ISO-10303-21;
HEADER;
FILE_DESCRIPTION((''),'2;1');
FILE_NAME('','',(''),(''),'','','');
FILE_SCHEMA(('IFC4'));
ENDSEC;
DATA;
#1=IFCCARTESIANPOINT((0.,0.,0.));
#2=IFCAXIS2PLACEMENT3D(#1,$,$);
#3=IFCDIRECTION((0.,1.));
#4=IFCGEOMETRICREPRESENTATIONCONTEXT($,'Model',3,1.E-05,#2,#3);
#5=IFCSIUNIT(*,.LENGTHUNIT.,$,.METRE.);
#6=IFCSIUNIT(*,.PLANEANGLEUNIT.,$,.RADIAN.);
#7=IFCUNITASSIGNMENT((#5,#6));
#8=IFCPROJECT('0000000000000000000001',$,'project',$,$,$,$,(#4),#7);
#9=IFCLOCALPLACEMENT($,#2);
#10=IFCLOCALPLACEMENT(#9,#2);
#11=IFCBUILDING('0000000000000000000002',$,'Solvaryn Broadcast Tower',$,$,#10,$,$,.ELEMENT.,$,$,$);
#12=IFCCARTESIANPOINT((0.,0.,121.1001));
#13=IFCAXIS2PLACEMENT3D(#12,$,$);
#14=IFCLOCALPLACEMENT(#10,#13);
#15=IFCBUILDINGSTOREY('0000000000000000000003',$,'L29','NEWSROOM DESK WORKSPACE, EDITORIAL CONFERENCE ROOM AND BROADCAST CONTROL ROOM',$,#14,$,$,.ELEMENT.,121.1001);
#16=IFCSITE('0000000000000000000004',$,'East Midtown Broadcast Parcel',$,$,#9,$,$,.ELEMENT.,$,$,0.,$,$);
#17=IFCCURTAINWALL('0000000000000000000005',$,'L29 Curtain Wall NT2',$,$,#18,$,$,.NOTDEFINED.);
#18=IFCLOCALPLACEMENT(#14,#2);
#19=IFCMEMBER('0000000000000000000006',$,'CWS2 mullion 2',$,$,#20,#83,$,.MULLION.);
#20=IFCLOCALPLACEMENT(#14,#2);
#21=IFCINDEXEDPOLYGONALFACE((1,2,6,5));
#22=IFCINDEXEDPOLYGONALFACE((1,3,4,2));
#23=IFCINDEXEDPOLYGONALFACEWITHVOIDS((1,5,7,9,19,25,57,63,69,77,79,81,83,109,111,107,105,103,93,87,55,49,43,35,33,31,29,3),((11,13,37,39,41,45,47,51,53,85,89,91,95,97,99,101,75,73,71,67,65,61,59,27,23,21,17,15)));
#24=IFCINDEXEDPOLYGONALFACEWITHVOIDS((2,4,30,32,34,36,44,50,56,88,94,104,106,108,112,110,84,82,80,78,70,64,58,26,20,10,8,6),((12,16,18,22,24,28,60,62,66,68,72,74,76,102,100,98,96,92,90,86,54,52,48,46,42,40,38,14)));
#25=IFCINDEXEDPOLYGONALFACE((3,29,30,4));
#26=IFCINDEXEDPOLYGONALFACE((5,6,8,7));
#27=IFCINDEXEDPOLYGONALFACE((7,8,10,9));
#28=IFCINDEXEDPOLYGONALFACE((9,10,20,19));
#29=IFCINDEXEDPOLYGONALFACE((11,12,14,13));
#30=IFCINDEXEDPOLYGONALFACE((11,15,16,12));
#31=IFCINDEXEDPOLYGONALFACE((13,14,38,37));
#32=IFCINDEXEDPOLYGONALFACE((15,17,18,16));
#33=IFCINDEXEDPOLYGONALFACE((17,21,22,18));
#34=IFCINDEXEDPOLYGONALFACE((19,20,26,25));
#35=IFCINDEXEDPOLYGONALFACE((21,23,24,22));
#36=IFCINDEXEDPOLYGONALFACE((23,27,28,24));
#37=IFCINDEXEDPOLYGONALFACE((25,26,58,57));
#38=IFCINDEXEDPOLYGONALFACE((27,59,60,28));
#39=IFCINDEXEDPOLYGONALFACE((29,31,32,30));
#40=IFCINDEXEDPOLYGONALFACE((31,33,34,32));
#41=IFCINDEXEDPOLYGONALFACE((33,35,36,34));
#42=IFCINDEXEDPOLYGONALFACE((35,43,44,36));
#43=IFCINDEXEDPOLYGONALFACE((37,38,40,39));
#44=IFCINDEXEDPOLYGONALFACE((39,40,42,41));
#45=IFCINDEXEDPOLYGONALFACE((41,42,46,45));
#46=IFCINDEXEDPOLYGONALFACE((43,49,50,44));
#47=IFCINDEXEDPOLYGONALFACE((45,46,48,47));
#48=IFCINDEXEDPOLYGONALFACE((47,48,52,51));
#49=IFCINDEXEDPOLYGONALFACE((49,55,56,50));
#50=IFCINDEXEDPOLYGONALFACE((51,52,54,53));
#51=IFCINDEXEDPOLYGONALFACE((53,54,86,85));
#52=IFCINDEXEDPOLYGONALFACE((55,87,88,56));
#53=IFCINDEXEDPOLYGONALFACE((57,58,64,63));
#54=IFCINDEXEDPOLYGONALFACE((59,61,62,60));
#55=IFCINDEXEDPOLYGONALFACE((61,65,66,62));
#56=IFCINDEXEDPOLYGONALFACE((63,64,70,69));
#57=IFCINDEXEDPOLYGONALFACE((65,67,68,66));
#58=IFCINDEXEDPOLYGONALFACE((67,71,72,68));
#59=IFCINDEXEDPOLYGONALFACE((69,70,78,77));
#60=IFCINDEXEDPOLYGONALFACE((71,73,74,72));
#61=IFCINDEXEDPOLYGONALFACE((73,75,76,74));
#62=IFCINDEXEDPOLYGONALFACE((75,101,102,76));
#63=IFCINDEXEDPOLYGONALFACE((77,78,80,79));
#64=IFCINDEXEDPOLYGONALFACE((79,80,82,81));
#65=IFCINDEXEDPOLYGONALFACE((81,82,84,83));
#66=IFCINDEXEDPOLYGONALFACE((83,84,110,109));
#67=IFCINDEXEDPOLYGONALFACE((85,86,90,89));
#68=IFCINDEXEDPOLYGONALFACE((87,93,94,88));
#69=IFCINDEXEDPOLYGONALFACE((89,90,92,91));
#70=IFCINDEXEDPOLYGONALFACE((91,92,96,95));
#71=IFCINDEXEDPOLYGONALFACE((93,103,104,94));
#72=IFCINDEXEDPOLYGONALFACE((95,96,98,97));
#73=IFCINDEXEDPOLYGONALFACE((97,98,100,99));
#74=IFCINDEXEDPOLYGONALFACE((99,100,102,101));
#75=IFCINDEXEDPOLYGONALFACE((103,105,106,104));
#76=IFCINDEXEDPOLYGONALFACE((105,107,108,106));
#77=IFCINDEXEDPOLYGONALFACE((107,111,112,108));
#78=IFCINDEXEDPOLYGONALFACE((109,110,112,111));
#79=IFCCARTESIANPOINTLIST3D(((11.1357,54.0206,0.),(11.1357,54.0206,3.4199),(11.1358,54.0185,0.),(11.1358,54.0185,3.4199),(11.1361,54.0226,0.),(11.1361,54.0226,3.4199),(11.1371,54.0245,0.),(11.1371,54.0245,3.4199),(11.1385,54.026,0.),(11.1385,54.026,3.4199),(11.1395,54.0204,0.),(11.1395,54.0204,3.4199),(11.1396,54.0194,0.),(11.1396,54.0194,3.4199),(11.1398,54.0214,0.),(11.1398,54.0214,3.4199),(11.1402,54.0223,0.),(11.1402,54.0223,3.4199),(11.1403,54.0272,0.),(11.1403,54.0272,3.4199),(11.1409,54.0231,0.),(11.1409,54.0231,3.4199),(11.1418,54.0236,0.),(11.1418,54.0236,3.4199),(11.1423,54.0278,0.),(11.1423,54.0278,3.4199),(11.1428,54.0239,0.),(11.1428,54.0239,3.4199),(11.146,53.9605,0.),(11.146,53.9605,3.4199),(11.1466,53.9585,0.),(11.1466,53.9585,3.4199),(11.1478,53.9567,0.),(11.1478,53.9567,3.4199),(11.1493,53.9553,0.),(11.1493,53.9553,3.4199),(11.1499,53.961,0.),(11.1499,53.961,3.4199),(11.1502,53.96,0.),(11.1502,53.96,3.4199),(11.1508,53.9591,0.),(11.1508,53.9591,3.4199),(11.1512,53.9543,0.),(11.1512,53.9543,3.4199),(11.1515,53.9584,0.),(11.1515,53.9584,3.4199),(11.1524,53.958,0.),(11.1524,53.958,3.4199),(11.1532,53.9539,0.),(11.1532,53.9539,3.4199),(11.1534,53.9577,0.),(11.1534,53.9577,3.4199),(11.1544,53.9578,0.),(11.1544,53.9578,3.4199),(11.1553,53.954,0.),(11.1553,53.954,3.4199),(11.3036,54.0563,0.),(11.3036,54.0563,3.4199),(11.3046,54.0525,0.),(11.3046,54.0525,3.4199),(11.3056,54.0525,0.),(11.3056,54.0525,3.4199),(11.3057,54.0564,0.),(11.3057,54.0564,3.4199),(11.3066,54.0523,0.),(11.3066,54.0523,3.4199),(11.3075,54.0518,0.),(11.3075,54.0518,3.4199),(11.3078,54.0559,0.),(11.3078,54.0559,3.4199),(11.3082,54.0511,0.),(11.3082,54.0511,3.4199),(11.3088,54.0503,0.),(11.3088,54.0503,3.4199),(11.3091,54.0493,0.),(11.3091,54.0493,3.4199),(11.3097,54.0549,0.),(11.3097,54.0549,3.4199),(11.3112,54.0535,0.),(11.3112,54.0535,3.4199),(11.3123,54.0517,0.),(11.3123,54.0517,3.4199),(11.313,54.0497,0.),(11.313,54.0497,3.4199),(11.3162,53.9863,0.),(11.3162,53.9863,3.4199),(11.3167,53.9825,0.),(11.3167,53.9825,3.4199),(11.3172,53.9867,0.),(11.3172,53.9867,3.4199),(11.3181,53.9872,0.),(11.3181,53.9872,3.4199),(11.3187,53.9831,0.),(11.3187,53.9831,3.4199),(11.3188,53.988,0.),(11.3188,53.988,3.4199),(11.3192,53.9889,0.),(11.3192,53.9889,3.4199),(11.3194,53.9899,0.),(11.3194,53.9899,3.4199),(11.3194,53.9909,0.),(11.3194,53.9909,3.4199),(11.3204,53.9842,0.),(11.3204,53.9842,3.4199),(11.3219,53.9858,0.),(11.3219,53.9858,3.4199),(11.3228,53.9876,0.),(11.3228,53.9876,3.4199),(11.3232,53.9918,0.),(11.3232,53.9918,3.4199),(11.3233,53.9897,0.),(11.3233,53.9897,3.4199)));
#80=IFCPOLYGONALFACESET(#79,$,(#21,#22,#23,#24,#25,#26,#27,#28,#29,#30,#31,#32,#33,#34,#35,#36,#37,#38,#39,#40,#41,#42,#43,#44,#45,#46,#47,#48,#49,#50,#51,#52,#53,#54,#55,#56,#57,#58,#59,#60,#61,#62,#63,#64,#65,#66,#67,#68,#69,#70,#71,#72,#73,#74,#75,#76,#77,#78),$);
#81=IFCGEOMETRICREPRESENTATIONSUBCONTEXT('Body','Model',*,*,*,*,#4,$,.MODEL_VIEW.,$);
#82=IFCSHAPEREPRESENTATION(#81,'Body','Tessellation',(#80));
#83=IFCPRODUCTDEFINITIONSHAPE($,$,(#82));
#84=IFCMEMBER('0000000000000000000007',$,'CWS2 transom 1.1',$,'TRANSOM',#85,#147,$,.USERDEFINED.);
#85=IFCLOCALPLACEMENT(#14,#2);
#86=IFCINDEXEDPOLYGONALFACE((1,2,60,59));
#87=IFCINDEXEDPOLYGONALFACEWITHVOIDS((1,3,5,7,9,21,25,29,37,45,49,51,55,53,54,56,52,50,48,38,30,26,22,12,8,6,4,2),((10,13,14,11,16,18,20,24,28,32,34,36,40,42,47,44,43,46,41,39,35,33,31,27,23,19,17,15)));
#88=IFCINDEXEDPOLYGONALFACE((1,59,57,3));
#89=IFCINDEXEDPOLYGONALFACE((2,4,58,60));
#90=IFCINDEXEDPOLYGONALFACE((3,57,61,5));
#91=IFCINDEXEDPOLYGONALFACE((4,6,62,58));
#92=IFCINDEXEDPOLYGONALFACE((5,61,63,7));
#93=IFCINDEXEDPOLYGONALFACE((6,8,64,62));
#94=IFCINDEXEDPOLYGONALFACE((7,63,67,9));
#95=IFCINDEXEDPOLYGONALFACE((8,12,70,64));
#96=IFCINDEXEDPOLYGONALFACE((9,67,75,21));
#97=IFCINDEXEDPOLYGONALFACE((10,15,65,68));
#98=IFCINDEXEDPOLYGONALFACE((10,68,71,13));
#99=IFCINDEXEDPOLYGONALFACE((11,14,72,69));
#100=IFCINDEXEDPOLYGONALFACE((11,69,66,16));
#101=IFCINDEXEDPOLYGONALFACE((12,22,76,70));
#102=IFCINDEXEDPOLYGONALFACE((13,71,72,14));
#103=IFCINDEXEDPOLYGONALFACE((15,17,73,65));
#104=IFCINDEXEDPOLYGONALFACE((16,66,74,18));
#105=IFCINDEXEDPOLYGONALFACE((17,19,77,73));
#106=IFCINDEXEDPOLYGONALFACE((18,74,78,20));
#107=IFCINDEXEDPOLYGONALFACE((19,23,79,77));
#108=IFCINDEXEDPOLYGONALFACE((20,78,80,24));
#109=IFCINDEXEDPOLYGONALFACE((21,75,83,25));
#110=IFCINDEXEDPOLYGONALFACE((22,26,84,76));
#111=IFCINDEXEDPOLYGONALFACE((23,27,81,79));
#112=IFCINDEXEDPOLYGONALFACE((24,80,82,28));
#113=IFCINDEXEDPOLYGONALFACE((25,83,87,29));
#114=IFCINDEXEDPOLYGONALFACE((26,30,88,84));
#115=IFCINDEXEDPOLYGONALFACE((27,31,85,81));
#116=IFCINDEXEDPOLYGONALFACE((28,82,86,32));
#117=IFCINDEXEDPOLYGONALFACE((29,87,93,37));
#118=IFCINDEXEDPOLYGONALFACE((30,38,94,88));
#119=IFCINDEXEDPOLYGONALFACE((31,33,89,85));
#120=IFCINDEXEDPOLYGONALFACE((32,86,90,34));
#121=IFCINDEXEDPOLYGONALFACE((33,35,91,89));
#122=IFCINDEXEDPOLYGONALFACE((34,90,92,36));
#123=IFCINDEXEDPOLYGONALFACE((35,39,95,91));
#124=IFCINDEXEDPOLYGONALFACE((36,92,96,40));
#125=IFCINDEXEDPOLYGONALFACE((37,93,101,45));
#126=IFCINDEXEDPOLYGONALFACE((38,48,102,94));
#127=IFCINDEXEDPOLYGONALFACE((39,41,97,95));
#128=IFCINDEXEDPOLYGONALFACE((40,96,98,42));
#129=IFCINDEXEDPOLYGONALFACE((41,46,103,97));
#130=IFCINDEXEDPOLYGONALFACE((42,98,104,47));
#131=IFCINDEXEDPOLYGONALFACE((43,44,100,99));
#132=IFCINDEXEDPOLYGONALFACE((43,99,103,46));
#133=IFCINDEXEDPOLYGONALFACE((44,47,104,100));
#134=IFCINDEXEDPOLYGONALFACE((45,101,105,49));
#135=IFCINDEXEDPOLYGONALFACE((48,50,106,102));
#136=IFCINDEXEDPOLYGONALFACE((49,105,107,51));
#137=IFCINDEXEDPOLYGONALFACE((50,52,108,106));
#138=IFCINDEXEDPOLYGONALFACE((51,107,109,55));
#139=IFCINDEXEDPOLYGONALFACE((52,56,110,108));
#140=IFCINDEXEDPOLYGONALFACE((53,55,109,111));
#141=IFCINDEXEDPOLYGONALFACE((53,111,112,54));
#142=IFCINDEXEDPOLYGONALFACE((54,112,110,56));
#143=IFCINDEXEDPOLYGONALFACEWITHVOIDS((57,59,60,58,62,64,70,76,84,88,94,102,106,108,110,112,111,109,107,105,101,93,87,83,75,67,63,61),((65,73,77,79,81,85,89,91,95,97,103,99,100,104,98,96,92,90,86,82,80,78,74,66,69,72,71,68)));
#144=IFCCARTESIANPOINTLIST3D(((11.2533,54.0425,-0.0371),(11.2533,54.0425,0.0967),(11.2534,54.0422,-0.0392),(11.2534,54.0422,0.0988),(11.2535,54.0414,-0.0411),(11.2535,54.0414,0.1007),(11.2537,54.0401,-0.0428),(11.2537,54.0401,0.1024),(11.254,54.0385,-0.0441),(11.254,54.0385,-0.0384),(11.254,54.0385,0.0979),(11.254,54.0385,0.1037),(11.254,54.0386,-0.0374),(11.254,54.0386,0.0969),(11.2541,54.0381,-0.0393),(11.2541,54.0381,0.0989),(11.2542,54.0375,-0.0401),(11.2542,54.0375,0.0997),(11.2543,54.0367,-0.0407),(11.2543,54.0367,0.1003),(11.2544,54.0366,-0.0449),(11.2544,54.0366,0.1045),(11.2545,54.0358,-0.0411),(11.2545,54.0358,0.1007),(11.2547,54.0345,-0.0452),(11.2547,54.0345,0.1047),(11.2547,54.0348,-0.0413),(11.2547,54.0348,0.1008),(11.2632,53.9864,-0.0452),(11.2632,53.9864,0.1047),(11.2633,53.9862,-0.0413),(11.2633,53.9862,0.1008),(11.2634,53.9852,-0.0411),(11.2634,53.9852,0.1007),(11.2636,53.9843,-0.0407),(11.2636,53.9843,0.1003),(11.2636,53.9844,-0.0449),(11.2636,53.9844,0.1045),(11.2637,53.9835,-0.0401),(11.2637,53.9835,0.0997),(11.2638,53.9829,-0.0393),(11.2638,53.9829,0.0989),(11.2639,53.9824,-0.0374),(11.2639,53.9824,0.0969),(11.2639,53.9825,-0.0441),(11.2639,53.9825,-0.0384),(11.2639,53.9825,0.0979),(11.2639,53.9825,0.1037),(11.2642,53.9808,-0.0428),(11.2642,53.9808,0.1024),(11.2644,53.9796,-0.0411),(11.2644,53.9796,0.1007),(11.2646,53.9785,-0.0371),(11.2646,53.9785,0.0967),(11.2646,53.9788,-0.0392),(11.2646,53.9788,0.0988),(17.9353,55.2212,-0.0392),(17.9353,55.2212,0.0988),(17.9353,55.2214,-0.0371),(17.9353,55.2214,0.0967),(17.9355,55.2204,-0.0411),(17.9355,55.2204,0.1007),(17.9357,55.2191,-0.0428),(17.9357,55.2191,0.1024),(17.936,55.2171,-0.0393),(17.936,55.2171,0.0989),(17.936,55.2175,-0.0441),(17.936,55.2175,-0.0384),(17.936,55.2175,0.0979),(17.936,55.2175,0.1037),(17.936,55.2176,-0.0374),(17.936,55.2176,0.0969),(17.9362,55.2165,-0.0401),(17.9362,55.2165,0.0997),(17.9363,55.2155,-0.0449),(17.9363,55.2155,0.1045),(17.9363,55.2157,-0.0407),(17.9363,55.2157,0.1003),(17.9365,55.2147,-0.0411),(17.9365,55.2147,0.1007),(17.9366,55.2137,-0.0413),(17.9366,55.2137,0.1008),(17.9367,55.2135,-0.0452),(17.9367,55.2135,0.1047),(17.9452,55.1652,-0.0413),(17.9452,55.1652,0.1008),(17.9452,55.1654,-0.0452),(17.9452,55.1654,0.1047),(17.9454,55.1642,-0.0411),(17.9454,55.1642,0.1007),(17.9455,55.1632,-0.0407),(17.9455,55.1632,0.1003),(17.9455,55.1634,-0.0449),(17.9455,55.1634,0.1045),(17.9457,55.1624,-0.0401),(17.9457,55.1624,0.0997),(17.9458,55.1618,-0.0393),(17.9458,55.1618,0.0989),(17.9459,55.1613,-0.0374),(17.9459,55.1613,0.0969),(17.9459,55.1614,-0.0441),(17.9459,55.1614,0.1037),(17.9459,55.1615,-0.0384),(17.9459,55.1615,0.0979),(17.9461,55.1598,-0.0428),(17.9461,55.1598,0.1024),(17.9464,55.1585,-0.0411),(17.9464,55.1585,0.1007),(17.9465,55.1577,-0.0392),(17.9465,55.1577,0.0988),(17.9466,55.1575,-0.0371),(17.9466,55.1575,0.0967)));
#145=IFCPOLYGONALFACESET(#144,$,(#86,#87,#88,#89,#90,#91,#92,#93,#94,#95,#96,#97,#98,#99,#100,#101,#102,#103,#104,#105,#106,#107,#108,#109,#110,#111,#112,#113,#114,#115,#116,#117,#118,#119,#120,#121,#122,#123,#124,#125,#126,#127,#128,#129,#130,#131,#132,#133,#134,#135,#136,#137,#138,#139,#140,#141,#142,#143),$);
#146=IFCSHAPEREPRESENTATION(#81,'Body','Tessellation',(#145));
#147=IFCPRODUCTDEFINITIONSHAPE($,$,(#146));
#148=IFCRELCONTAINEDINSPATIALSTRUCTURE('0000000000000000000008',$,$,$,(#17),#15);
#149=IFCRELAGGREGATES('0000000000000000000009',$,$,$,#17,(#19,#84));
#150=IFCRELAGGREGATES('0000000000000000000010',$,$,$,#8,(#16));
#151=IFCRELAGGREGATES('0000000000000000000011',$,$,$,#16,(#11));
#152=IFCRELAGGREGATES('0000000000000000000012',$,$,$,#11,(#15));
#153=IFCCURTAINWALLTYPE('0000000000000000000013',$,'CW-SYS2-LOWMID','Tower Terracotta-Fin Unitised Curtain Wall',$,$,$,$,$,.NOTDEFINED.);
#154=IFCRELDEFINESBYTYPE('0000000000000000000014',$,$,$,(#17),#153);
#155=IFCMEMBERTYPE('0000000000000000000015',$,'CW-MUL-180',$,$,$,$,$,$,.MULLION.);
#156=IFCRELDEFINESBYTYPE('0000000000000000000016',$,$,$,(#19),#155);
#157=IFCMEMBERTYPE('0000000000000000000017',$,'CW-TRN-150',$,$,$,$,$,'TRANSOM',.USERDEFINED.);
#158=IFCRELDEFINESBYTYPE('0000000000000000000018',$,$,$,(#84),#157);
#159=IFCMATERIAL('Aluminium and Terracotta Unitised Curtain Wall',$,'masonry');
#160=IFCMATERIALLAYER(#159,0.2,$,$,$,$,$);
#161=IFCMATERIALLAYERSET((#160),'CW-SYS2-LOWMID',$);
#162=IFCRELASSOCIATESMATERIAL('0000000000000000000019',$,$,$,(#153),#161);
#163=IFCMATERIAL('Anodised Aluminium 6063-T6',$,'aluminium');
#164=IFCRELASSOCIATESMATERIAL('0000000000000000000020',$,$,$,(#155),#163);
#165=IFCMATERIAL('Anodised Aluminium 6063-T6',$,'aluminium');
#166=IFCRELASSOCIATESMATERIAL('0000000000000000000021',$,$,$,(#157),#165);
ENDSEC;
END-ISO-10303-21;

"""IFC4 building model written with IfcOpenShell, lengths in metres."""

from ifc_helpers import new_model, si_unit, direction, frame, origin, origin_2d, place, context, subcontext, project, spatial, hollow_rectangle, extrude, material, layer, layer_set, material_profile, profile_set, type_object, element, aggregate, save


model = new_model("IFC4")

# Units and contexts
model_context = context("Model", 3, precision=1e-05, world=origin(), true_north=direction((0.0, 1.0)))
body_context = subcontext(model_context, "Body", "Model", "MODEL_VIEW")
ifc_project = project(units=[si_unit("LENGTHUNIT", "METRE"), si_unit("PLANEANGLEUNIT", "RADIAN")], contexts=[model_context])

# Site, building, storey
site_placement = place(None, origin())
site = spatial("IfcSite", under=ifc_project, at=site_placement, Name="East Midtown Broadcast Parcel", CompositionType="ELEMENT", RefElevation=0.0)
building_placement = place(site_placement, origin())
building = spatial("IfcBuilding", under=site, at=building_placement, Name="Solvaryn Broadcast Tower", CompositionType="ELEMENT")
storey_placement = place(building_placement, frame((0.0, 0.0, 121.1001)))
storey = spatial("IfcBuildingStorey", under=building, at=storey_placement, Name="L29", Description="NEWSROOM DESK WORKSPACE, EDITORIAL CONFERENCE ROOM AND BROADCAST CONTROL ROOM", CompositionType="ELEMENT", Elevation=121.1001)

# Shared definitions
ifc_material_1 = material(Name="Aluminium and Terracotta Unitised Curtain Wall", Category="masonry")
ifc_layer_1 = layer(ifc_material_1, 0.2)
ifc_layer_set_1 = layer_set([ifc_layer_1], Name="CW-SYS2-LOWMID")
curtain_wall_type = type_object("IfcCurtainWallType", Name="CW-SYS2-LOWMID", Description="Tower Terracotta-Fin Unitised Curtain Wall", PredefinedType="NOTDEFINED", material=ifc_layer_set_1)
ifc_material_2 = material(Name="Anodised Aluminium 6063-T6", Category="aluminium")
ifc_material_profile_1 = material_profile(ifc_material_2, hollow_rectangle(XDim=0.075, YDim=0.1799, WallThickness=0.0039, InnerFilletRadius=0.0039, OuterFilletRadius=0.0081, at=origin_2d()))
ifc_profile_set_1 = profile_set([ifc_material_profile_1], Name="Anodised Aluminium 6063-T6")
member_type_1 = type_object("IfcMemberType", Name="CW-MUL-180", PredefinedType="MULLION", material=ifc_profile_set_1)

# Curtain wall, members
curtain_wall_1_placement = place(storey_placement, origin())
curtain_wall_1 = element("IfcCurtainWall", 1, at=curtain_wall_1_placement, inside=storey, type_object=curtain_wall_type, Name="L29 Curtain Wall NT2", PredefinedType="NOTDEFINED")
member_1_placement = place(storey_placement, frame((11.2295, 54.0051, 0.0), z_axis=(0.0, 0.0, 1.0), x_axis=(0.173785, -0.984784, 0.0)))
member_1 = element("IfcMember", 2, at=member_1_placement, type_object=member_type_1, Name="CWS2 mullion 2", PredefinedType="MULLION", context=body_context, shape_type="SweptSolid", body=[
    extrude(hollow_rectangle(XDim=0.075, YDim=0.1799, WallThickness=0.0039, InnerFilletRadius=0.0039, OuterFilletRadius=0.0081, at=origin_2d()), origin(), (0.0, 0.0, 1.0), 3.4199),
])
ifc_material_3 = material(Name="Anodised Aluminium 6063-T6", Category="aluminium")
ifc_material_profile_2 = material_profile(ifc_material_3, hollow_rectangle(XDim=0.0649, YDim=0.1499, WallThickness=0.0039, InnerFilletRadius=0.0039, OuterFilletRadius=0.0081, at=origin_2d()))
ifc_profile_set_2 = profile_set([ifc_material_profile_2], Name="Anodised Aluminium 6063-T6")
member_type_2 = type_object("IfcMemberType", Name="CW-TRN-150", ElementType="TRANSOM", PredefinedType="USERDEFINED", material=ifc_profile_set_2)
member_2_placement = place(storey_placement, frame((17.9409, 55.1895, 0.0298), z_axis=(-0.984789, -0.173757, 0.0), x_axis=(0.173757, -0.984789, 0.0)))
member_2 = element("IfcMember", 3, at=member_2_placement, type_object=member_type_2, Name="CWS2 transom 1.1", ObjectType="TRANSOM", PredefinedType="USERDEFINED", context=body_context, shape_type="SweptSolid", body=[
    extrude(hollow_rectangle(XDim=0.0649, YDim=0.1499, WallThickness=0.0039, InnerFilletRadius=0.0039, OuterFilletRadius=0.0081, at=origin_2d()), origin(), (0.0, 0.0, 1.0), 6.7852),
])

aggregate(curtain_wall_1, [member_1, member_2])

save(model, "model.ifc")
